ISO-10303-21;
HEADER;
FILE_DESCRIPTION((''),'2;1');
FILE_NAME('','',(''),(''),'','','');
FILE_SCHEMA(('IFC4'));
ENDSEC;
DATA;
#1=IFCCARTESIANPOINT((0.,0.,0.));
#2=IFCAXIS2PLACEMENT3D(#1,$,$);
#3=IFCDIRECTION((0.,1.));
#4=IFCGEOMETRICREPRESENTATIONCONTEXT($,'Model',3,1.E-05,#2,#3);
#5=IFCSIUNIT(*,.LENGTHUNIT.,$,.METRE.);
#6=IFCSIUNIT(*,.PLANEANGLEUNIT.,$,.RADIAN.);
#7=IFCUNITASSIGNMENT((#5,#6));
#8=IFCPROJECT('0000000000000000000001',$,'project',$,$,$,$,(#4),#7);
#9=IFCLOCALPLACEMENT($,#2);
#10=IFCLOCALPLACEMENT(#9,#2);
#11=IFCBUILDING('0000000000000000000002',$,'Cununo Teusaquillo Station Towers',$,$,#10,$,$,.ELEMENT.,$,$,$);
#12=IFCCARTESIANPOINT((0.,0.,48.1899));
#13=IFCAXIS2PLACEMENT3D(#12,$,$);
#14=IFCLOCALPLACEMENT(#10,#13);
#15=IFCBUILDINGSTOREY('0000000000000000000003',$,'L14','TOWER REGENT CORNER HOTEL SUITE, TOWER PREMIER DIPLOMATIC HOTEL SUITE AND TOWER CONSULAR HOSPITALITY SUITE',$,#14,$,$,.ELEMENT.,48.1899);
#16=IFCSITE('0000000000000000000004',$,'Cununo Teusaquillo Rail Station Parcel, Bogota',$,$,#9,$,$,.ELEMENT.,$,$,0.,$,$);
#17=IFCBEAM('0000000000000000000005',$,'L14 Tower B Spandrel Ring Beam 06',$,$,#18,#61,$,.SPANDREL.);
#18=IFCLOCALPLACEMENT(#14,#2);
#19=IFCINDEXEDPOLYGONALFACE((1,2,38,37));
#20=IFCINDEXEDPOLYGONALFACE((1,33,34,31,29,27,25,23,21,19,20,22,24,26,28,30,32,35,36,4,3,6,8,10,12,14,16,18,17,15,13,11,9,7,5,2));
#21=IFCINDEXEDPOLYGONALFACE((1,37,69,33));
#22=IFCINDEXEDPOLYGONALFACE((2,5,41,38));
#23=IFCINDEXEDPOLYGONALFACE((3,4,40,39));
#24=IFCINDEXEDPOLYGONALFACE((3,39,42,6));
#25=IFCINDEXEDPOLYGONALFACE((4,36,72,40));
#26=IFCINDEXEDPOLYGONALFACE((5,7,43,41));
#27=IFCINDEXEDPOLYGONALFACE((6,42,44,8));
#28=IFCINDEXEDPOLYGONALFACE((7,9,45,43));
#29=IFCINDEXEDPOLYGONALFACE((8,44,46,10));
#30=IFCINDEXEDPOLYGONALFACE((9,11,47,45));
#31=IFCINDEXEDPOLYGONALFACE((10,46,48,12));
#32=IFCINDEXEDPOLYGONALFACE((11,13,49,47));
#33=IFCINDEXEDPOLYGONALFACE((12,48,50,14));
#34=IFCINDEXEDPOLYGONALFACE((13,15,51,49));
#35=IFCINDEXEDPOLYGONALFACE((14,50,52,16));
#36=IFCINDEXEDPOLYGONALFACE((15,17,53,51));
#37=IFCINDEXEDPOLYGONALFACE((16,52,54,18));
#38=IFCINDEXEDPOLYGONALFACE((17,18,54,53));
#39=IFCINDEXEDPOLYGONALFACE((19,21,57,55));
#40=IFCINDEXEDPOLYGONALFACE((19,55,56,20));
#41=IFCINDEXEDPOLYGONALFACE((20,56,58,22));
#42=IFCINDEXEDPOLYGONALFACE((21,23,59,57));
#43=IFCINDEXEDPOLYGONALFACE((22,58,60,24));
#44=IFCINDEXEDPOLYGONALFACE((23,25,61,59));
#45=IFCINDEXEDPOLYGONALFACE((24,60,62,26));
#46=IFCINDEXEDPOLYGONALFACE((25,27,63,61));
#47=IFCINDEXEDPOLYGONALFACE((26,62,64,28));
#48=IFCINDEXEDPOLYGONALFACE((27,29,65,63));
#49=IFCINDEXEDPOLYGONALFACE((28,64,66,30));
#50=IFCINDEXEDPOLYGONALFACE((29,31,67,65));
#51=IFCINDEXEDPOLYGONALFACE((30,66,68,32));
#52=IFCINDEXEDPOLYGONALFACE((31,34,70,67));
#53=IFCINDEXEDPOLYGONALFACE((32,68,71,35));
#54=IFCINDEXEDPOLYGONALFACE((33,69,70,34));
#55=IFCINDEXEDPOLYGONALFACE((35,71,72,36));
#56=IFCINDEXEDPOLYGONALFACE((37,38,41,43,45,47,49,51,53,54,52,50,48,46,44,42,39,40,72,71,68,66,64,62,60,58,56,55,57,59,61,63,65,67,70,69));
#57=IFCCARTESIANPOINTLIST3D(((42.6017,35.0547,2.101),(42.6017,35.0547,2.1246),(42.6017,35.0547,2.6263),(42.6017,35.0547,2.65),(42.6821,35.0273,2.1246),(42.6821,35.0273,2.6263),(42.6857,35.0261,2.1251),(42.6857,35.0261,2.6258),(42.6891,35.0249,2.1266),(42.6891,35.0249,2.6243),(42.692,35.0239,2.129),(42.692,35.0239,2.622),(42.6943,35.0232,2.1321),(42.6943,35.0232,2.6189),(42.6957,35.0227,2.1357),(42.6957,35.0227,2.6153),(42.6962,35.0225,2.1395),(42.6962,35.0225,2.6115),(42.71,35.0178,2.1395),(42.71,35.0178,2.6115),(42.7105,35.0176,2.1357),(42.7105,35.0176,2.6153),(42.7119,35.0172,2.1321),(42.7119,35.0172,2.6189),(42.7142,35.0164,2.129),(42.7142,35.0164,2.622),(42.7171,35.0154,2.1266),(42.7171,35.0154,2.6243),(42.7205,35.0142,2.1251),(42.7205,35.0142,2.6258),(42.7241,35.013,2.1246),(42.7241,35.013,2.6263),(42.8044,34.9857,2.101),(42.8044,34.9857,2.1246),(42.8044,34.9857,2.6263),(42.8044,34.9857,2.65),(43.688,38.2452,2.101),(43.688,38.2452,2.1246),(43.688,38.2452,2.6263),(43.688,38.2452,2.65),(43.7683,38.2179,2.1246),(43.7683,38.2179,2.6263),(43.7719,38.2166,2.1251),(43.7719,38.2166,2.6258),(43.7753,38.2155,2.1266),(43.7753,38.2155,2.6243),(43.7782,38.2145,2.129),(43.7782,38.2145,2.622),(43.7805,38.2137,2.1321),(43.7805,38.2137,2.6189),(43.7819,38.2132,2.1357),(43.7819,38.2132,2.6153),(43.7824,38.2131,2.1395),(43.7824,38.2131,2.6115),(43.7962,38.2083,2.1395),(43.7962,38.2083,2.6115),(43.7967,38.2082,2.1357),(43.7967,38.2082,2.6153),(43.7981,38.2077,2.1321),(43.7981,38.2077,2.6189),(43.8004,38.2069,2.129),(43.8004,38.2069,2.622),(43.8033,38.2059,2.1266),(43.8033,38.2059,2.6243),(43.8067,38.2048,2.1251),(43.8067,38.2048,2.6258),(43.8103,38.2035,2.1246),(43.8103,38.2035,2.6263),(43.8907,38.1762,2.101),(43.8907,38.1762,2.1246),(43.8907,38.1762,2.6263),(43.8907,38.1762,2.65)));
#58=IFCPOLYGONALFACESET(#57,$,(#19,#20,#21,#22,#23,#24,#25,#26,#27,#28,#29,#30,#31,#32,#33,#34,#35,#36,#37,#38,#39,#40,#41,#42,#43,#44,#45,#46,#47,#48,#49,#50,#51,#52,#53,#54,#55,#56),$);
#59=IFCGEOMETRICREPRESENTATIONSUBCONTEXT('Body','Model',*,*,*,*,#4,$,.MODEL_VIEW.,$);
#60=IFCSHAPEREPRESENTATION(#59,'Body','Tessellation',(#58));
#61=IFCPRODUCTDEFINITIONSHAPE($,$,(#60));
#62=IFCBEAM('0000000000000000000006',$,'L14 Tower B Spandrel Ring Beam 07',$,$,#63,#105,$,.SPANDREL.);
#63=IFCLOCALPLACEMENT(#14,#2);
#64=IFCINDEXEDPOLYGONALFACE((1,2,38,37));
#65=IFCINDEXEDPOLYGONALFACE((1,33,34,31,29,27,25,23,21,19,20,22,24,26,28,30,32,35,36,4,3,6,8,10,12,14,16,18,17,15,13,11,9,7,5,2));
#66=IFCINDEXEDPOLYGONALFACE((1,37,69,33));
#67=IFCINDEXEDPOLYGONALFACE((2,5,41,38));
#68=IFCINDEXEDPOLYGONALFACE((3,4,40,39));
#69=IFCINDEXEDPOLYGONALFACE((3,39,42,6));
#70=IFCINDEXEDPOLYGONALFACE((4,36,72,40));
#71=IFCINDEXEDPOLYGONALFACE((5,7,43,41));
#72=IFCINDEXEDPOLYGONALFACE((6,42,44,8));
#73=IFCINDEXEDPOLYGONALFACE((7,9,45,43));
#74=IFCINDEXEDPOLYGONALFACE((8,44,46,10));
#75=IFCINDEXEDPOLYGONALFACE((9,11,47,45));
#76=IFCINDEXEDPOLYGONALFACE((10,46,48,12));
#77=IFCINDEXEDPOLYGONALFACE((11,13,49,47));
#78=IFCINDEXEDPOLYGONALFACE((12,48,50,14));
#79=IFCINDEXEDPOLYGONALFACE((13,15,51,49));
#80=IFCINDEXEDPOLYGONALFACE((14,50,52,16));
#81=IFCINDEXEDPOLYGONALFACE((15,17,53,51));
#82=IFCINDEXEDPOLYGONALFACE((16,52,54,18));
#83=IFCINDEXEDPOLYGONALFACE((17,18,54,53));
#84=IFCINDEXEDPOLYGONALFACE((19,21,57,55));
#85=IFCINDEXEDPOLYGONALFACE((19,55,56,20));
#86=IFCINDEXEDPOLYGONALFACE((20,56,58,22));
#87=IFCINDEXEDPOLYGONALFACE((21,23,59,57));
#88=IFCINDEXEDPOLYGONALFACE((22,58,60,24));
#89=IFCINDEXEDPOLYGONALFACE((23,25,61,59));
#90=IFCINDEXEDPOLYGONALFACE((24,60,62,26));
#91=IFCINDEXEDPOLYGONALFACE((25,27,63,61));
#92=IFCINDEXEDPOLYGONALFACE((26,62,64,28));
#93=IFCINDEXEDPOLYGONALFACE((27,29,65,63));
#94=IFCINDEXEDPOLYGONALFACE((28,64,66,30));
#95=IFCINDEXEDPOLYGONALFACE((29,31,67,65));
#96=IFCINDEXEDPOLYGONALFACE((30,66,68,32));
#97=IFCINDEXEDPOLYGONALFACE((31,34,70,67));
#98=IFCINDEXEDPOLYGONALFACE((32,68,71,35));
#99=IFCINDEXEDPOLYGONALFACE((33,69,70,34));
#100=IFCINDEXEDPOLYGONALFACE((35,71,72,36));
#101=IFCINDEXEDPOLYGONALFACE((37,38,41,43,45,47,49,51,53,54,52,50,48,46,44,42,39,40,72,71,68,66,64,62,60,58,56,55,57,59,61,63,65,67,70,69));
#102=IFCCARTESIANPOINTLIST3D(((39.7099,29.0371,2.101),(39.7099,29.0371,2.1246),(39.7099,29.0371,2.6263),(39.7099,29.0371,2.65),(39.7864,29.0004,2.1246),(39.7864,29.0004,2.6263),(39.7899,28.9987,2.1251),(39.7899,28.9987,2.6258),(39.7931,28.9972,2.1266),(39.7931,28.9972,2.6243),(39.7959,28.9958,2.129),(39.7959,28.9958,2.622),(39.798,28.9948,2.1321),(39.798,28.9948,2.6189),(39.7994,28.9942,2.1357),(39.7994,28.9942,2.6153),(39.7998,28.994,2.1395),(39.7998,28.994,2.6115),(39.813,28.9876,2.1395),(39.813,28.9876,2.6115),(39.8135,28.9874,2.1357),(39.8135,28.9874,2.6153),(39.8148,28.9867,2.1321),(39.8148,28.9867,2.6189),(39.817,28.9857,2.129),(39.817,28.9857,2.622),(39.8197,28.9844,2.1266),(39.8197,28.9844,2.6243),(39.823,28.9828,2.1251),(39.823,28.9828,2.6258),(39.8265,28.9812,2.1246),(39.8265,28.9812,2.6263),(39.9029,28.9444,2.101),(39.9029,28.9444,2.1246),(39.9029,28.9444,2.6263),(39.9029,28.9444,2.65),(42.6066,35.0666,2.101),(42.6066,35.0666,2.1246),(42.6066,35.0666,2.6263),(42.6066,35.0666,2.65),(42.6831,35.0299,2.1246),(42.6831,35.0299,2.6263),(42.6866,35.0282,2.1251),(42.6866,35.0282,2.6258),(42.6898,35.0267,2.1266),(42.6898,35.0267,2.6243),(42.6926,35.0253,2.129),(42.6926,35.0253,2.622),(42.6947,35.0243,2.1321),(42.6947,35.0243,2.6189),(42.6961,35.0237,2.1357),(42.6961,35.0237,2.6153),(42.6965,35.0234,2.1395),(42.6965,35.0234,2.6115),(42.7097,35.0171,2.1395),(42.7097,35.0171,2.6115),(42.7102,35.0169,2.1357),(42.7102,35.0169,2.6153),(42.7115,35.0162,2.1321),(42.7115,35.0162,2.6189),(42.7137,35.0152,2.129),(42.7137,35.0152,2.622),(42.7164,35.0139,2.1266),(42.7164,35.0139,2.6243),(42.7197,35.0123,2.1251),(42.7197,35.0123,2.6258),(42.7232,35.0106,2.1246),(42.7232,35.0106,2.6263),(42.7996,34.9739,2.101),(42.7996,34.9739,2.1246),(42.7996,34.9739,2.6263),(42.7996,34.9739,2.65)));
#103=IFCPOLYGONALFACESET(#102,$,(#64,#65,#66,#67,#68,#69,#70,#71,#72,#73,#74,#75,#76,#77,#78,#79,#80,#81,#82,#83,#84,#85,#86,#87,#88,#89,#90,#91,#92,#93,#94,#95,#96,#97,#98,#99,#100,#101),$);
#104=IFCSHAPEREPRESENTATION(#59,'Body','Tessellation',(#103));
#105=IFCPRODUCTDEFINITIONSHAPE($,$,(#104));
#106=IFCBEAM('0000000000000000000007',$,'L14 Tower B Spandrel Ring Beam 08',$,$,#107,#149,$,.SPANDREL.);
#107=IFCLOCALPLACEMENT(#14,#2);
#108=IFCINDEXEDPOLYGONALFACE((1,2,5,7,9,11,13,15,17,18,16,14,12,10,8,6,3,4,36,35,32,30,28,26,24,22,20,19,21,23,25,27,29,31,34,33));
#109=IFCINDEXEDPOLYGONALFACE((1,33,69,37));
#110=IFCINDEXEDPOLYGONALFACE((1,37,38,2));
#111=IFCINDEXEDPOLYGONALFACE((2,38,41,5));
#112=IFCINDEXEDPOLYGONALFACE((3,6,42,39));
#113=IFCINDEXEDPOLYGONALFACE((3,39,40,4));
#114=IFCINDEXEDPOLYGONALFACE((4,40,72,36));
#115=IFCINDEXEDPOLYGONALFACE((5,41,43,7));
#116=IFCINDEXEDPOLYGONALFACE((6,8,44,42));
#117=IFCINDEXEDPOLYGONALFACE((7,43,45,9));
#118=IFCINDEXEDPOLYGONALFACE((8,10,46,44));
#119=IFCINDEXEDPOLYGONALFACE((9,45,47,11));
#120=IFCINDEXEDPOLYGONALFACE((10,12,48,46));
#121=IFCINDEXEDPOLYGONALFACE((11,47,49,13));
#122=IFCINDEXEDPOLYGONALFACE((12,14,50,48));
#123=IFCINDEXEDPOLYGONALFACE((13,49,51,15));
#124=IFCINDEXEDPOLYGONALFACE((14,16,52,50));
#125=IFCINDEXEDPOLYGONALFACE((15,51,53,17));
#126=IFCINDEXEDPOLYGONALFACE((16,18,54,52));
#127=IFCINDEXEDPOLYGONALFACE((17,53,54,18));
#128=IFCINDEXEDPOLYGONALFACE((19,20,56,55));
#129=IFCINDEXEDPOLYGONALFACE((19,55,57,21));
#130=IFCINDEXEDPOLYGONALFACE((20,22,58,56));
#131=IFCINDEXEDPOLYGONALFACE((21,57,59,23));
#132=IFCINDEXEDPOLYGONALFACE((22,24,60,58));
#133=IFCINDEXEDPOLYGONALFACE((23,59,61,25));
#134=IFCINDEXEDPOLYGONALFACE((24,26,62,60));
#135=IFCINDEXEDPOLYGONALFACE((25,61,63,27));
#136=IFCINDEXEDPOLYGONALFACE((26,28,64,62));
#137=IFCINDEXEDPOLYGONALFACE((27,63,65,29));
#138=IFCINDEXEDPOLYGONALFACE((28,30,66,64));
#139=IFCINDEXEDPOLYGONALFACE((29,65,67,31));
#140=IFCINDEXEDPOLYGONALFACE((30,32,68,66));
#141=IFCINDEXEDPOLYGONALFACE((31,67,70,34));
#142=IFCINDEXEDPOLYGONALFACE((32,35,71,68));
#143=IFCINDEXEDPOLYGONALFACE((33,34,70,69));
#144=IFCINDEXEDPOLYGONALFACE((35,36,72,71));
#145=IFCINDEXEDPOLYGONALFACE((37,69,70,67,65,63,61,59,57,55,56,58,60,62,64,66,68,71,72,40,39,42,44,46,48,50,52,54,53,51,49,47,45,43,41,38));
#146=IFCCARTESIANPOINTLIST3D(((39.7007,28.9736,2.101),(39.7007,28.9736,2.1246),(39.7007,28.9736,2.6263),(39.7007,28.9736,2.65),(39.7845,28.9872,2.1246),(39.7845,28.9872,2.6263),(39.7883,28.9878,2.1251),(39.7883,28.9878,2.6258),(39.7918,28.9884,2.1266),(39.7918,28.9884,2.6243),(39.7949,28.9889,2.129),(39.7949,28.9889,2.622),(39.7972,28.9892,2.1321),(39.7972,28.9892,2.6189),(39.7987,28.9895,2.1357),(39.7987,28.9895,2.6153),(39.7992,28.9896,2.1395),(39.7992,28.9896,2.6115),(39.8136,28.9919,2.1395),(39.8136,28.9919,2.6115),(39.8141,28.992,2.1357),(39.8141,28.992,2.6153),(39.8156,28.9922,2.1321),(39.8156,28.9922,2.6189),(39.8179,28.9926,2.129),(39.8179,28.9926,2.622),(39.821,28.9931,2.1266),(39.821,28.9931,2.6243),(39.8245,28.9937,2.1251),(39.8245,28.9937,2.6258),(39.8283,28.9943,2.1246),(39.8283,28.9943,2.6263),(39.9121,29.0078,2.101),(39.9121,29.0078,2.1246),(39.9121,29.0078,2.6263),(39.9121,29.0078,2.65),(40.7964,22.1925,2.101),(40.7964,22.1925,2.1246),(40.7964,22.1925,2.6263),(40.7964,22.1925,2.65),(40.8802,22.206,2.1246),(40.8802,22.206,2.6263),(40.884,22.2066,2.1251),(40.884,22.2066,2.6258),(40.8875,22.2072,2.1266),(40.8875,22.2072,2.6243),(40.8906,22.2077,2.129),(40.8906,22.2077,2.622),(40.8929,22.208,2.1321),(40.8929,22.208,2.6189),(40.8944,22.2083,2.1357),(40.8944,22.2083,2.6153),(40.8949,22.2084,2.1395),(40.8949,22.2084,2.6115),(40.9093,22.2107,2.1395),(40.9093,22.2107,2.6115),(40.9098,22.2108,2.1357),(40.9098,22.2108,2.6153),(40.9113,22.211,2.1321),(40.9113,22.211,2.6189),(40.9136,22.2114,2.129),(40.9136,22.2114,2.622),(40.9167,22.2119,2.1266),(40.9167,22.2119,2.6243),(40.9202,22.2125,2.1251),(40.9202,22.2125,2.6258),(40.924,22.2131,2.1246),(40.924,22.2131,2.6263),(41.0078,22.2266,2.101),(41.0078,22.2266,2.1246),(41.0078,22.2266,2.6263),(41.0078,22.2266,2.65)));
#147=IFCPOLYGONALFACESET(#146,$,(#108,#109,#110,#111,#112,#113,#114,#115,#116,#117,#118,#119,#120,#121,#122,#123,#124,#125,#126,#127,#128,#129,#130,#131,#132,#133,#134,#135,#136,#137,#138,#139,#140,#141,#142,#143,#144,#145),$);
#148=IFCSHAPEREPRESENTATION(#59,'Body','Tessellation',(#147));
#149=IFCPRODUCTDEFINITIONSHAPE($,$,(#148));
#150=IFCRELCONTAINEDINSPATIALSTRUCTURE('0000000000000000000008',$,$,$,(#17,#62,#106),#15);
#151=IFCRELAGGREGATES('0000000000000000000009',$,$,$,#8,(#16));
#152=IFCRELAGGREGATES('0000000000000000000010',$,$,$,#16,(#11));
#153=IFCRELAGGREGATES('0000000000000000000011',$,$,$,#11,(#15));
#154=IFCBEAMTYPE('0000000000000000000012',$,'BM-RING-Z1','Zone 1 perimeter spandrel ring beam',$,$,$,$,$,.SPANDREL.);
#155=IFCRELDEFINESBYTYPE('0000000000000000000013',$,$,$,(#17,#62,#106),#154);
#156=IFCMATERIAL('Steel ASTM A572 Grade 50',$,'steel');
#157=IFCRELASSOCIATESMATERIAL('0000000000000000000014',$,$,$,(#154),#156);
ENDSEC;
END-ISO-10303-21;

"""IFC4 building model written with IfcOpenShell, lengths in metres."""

from ifc_helpers import new_model, si_unit, direction, frame, origin, origin_2d, place, context, subcontext, project, spatial, i_section, extrude, material, material_profile, profile_set, type_object, element, save


model = new_model("IFC4")

# Units and contexts
model_context = context("Model", 3, precision=1e-05, world=origin(), true_north=direction((0.0, 1.0)))
body_context = subcontext(model_context, "Body", "Model", "MODEL_VIEW")
ifc_project = project(units=[si_unit("LENGTHUNIT", "METRE"), si_unit("PLANEANGLEUNIT", "RADIAN")], contexts=[model_context])

# Site, building, storey
site_placement = place(None, origin())
site = spatial("IfcSite", under=ifc_project, at=site_placement, Name="Cununo Teusaquillo Rail Station Parcel, Bogota", CompositionType="ELEMENT", RefElevation=0.0)
building_placement = place(site_placement, origin())
building = spatial("IfcBuilding", under=site, at=building_placement, Name="Cununo Teusaquillo Station Towers", CompositionType="ELEMENT")
storey_placement = place(building_placement, frame((0.0, 0.0, 48.1899)))
storey = spatial("IfcBuildingStorey", under=building, at=storey_placement, Name="L14", Description="TOWER REGENT CORNER HOTEL SUITE, TOWER PREMIER DIPLOMATIC HOTEL SUITE AND TOWER CONSULAR HOSPITALITY SUITE", CompositionType="ELEMENT", Elevation=48.1899)

# Beams
ifc_material_1 = material(Name="Steel ASTM A572 Grade 50", Category="steel")
ifc_material_profile_1 = material_profile(ifc_material_1, i_section(OverallWidth=0.2141, OverallDepth=0.5491, WebThickness=0.0146, FlangeThickness=0.0237, FilletRadius=0.0149, at=origin_2d()), Name="W21X93")
ifc_profile_set_1 = profile_set([ifc_material_profile_1], Name="Steel ASTM A572 Grade 50")
beam_type_1 = type_object("IfcBeamType", Name="BM-RING-Z1", Description="Zone 1 perimeter spandrel ring beam", PredefinedType="SPANDREL", material=ifc_profile_set_1)
for number, where, z_axis, x_axis, name in (
    (1, (43.7893, 38.2107, 2.3755), (-0.322285, -0.946643, 0.0), (0.946643, -0.322285, 0.0), "L14 Tower B Spandrel Ring Beam 06"),
):
    element("IfcBeam", number, at=place(storey_placement, frame(where, z_axis=z_axis, x_axis=x_axis)), inside=storey, type_object=beam_type_1, Name=name, PredefinedType="SPANDREL", context=body_context, shape_type="SweptSolid", body=[
        extrude(i_section(OverallWidth=0.2141, OverallDepth=0.5491, WebThickness=0.0146, FlangeThickness=0.0237, FilletRadius=0.0149, at=origin_2d()), origin(), (0.0, 0.0, 1.0), 3.3704),
    ])
beam_1_placement = place(storey_placement, frame((42.7031, 35.0203, 2.3755), z_axis=(-0.433041, -0.901374, 0.0), x_axis=(0.901374, -0.433041, 0.0)))
element("IfcBeam", 2, at=beam_1_placement, inside=storey, type_object=beam_type_1, Name="L14 Tower B Spandrel Ring Beam 07", PredefinedType="SPANDREL", context=body_context, shape_type="SweptSolid", body=[
    extrude(i_section(OverallWidth=0.2141, OverallDepth=0.5491, WebThickness=0.0146, FlangeThickness=0.0237, FilletRadius=0.0149, at=origin_2d()), origin(), (0.0, 0.0, 1.0), 6.6892),
])
beam_2_placement = place(storey_placement, frame((39.8064, 28.9907, 2.3755), z_axis=(0.15951, -0.987196, 0.0), x_axis=(0.987196, 0.15951, 0.0)))
element("IfcBeam", 3, at=beam_2_placement, inside=storey, type_object=beam_type_1, Name="L14 Tower B Spandrel Ring Beam 08", PredefinedType="SPANDREL", context=body_context, shape_type="SweptSolid", body=[
    extrude(i_section(OverallWidth=0.2141, OverallDepth=0.5491, WebThickness=0.0146, FlangeThickness=0.0237, FilletRadius=0.0149, at=origin_2d()), origin(), (0.0, 0.0, 1.0), 6.8691),
])

save(model, "model.ifc")
